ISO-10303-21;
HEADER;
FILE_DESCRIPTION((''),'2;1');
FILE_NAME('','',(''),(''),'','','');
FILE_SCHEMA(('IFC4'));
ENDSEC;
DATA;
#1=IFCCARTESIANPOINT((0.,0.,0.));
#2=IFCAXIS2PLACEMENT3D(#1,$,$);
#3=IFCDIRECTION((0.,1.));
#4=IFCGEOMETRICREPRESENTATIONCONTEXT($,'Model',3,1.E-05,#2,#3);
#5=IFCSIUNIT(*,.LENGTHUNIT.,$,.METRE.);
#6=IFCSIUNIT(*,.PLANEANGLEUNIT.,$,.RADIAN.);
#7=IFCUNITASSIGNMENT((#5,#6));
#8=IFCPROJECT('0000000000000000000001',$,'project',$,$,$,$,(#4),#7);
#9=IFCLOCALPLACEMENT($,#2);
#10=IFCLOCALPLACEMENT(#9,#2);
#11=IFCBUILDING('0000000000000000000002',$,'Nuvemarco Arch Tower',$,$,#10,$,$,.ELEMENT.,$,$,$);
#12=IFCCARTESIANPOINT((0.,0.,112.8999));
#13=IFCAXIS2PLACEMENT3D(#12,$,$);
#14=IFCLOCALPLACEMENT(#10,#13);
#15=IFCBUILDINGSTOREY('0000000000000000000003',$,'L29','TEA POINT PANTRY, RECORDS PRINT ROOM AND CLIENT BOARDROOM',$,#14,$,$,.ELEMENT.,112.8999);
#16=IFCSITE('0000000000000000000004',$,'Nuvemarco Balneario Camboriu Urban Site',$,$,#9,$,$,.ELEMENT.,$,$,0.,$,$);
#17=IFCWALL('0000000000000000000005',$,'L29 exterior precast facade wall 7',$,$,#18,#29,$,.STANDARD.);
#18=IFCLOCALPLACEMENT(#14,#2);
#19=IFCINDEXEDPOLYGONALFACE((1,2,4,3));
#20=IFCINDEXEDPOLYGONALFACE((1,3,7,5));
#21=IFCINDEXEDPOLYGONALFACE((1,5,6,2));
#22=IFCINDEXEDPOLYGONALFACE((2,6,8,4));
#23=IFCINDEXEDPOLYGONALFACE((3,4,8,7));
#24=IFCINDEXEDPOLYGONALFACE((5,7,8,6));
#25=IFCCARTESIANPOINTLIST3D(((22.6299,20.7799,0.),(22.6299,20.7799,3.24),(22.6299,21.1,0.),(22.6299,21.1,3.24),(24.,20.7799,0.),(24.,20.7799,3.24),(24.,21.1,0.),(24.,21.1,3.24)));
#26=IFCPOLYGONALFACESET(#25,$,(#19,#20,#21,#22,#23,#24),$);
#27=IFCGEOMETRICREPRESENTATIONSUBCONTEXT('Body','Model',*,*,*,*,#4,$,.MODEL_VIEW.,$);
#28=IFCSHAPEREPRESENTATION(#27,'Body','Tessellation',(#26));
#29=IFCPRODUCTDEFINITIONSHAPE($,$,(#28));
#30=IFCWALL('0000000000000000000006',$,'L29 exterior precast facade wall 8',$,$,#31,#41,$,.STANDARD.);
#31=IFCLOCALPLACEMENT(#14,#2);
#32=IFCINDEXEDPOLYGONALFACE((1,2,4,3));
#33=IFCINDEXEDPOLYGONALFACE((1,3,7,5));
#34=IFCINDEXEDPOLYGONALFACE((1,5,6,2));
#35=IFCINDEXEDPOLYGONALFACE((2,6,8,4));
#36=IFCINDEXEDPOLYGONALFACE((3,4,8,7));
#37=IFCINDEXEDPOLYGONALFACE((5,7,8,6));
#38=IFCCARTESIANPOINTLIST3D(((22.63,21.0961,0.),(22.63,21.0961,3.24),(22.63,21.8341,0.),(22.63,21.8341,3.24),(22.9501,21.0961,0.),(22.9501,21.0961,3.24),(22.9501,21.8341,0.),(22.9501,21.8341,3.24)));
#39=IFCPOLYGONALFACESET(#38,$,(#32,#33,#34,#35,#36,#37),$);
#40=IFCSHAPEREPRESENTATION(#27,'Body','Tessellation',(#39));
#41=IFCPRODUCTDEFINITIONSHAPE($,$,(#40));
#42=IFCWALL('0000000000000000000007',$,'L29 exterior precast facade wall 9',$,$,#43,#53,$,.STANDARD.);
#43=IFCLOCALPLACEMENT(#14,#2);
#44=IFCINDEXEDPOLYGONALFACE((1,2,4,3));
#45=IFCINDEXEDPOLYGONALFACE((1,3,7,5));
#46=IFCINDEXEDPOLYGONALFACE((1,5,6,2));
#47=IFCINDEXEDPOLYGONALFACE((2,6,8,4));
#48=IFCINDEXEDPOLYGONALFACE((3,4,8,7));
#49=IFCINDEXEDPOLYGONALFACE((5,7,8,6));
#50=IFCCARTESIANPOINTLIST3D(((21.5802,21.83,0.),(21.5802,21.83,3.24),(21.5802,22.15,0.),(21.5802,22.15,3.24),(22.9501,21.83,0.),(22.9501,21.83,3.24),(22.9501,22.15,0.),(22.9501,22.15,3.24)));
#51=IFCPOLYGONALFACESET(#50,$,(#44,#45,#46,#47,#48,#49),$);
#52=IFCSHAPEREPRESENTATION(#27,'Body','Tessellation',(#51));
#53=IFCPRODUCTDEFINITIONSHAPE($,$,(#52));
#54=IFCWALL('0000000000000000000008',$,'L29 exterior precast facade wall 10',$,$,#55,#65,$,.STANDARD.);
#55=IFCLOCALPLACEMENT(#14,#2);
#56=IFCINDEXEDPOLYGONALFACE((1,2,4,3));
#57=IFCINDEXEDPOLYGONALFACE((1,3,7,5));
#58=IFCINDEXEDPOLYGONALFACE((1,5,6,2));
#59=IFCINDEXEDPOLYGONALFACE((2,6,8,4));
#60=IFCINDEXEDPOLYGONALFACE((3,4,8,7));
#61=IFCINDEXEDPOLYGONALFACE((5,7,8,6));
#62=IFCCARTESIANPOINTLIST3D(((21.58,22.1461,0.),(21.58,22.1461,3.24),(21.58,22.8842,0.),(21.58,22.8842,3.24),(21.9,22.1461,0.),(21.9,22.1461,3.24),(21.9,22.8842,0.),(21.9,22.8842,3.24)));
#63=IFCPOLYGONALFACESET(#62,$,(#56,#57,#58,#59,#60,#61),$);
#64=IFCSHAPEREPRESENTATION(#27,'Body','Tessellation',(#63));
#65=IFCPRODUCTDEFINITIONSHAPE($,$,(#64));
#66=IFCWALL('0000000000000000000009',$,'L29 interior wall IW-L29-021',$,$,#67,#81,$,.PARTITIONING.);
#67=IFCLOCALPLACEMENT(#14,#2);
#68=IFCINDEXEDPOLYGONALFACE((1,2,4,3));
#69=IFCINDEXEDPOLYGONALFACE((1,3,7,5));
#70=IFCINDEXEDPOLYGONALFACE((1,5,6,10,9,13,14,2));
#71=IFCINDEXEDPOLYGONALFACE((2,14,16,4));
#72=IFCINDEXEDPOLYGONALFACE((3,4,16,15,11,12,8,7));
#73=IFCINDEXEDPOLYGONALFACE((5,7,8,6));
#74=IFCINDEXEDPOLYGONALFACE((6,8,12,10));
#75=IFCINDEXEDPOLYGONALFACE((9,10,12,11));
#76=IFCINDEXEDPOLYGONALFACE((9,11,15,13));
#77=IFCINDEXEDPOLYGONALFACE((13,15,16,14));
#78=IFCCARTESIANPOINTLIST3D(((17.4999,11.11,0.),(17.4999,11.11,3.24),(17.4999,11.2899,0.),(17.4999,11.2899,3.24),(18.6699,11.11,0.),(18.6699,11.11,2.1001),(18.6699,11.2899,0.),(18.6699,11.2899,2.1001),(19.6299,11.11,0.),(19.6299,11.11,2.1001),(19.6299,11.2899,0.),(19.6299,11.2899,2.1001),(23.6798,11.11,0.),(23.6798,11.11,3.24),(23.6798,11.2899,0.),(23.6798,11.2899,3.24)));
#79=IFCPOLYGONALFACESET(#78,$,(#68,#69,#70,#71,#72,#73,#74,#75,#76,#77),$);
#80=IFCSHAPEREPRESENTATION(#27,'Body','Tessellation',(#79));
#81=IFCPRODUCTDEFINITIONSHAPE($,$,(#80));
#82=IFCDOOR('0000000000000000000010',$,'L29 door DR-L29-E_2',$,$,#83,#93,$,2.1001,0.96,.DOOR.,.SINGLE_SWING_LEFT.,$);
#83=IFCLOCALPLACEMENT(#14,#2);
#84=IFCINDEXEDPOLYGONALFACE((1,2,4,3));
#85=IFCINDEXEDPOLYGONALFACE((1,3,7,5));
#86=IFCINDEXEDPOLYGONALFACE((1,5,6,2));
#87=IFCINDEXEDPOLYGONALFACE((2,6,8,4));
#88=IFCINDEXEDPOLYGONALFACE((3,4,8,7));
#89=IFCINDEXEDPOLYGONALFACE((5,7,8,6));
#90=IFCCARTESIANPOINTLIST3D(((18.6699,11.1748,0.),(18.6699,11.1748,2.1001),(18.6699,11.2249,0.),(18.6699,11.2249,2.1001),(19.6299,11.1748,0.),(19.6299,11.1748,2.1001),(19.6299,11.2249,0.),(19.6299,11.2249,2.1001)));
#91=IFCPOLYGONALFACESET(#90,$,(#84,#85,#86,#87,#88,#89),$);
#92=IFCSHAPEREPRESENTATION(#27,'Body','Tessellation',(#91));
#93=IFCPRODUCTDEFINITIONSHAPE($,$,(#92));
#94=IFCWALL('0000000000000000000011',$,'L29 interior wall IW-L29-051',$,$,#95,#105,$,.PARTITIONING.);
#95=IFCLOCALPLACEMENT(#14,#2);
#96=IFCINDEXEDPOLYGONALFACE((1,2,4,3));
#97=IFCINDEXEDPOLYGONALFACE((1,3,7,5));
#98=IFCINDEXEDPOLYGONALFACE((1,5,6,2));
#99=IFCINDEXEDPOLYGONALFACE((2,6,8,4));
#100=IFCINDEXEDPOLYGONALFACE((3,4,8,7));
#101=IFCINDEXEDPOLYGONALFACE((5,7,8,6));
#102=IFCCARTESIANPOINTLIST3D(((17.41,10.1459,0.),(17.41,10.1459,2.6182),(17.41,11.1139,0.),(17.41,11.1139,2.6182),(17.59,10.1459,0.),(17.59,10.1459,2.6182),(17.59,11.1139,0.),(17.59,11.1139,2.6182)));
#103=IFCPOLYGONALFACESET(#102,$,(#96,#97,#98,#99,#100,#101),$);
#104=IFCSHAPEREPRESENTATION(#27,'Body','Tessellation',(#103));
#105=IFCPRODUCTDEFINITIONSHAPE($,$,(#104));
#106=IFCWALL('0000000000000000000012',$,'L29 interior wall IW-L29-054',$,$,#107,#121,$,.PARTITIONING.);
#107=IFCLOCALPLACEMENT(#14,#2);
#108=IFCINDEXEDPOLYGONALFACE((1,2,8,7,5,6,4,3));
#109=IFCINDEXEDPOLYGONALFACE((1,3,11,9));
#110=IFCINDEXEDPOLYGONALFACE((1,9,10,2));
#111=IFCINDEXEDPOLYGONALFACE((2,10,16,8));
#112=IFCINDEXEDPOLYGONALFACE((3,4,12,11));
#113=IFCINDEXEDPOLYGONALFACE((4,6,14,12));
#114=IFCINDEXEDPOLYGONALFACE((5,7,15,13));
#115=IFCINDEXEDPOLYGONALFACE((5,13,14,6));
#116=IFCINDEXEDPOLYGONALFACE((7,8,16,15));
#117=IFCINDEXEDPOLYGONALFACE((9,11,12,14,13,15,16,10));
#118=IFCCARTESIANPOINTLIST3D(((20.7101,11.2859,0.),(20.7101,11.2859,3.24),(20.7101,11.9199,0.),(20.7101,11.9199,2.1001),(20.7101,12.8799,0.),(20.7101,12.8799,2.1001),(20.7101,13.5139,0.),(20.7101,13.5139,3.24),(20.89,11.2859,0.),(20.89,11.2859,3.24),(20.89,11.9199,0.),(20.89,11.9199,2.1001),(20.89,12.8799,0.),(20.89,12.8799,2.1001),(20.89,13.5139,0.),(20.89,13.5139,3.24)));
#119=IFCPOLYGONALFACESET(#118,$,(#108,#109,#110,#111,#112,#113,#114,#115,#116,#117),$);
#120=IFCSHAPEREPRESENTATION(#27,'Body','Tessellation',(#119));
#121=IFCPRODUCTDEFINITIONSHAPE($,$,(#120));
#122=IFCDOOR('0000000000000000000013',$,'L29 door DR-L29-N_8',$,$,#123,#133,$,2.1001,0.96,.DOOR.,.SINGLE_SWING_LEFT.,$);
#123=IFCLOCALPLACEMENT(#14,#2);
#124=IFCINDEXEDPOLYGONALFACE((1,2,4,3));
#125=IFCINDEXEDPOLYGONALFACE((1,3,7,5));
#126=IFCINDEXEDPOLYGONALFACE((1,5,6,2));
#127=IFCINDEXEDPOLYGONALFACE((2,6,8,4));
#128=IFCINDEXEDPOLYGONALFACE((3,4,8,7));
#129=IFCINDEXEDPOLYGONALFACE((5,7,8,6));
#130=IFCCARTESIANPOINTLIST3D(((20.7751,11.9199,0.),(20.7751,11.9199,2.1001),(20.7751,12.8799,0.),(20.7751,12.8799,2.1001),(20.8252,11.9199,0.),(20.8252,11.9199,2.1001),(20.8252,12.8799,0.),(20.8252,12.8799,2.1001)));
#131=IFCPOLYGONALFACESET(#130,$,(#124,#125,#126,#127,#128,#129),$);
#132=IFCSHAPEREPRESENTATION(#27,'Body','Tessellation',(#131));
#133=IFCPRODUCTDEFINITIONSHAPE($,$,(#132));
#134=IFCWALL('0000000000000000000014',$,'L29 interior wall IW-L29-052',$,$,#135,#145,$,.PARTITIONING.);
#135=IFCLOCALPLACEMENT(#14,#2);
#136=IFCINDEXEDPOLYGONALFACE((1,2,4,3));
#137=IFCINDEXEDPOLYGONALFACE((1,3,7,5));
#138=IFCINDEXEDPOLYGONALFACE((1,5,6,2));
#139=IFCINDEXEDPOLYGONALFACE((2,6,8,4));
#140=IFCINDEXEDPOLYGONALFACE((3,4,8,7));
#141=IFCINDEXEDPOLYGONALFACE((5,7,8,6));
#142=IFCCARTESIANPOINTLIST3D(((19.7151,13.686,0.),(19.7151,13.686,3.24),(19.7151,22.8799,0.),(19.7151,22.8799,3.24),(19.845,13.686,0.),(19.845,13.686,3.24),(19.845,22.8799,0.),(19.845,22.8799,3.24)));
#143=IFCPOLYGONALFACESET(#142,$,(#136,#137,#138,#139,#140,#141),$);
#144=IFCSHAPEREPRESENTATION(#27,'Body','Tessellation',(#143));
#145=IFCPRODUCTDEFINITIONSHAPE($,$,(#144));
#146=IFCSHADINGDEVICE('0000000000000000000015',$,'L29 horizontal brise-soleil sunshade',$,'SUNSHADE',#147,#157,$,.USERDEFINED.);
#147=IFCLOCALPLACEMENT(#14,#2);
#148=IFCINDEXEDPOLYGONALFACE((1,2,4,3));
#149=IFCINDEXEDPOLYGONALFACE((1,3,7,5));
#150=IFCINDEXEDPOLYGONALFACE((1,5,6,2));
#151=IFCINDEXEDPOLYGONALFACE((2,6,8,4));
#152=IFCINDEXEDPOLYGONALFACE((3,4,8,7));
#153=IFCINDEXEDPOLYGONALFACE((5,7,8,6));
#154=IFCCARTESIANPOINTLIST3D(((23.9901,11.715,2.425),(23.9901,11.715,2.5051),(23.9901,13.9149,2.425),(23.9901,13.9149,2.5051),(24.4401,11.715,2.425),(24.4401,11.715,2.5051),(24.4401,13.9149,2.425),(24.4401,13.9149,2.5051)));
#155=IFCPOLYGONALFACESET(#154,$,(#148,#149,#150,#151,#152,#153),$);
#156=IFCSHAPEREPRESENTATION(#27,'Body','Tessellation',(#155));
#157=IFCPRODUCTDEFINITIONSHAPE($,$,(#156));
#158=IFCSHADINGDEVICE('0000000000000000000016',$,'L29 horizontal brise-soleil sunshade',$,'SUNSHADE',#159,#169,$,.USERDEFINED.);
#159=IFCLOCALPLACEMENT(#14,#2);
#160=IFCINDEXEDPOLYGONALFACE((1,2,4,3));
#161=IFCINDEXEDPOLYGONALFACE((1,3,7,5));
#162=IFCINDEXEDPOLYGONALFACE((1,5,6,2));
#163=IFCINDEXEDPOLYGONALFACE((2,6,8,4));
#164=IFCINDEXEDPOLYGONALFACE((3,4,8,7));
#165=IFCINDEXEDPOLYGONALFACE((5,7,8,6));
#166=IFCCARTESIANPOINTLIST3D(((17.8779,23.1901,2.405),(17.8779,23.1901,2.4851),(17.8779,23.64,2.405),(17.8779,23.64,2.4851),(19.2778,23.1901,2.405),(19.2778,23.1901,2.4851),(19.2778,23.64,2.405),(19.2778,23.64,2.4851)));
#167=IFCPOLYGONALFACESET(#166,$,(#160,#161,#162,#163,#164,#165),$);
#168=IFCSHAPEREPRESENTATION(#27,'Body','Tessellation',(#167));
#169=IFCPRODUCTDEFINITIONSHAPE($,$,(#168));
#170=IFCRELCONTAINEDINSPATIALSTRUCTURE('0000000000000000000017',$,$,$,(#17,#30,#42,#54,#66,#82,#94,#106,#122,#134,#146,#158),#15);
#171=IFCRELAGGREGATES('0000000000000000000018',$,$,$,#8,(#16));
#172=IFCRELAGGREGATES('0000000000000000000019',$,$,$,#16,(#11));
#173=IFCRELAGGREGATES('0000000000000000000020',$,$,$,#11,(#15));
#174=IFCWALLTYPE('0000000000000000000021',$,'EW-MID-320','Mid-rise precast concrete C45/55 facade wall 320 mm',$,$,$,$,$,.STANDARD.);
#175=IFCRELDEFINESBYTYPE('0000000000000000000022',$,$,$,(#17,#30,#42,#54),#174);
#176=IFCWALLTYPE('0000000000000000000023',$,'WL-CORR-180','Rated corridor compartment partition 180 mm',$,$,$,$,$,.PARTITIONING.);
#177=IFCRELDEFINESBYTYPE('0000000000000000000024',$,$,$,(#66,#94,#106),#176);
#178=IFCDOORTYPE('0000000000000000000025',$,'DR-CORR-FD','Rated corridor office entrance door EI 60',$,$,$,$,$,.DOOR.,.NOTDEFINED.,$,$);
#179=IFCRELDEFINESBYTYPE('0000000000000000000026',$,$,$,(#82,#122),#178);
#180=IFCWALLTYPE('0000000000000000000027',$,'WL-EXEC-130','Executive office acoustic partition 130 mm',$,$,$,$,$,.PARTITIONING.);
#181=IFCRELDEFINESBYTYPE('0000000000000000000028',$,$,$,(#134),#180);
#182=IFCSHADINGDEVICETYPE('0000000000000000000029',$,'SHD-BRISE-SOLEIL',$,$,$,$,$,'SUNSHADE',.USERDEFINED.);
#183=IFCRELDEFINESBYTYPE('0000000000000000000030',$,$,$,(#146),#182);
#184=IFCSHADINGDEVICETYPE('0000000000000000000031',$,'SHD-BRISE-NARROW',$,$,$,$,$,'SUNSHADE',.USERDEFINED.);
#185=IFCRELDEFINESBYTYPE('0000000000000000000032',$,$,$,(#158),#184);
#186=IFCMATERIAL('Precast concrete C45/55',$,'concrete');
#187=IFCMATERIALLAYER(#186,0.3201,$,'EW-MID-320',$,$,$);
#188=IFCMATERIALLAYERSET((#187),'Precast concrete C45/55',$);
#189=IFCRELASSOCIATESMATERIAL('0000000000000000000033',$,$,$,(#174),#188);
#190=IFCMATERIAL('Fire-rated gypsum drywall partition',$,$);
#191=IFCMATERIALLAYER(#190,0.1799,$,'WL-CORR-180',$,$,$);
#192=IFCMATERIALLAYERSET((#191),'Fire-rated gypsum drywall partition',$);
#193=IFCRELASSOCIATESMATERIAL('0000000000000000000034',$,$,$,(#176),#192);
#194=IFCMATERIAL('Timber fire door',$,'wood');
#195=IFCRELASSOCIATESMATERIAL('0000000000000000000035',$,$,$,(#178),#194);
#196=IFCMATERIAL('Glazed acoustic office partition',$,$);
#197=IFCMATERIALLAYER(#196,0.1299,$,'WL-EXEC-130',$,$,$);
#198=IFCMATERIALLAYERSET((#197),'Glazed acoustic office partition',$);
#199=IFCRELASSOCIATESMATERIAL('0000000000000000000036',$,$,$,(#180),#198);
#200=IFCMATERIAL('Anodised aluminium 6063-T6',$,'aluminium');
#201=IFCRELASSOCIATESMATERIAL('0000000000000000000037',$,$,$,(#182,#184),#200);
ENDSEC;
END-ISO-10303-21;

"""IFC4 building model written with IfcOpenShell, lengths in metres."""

from ifc_helpers import new_model, si_unit, direction, frame, frame_2d, origin, origin_2d, place, context, subcontext, project, spatial, rectangle, extrude, source, transform, mapped, material, layer, layer_set, type_object, type_shapes, element, fill, save


model = new_model("IFC4")

# Units and contexts
model_context = context("Model", 3, precision=1e-05, world=origin(), true_north=direction((0.0, 1.0)))
body_context = subcontext(model_context, "Body", "Model", "MODEL_VIEW")
ifc_project = project(units=[si_unit("LENGTHUNIT", "METRE"), si_unit("PLANEANGLEUNIT", "RADIAN")], contexts=[model_context])

# Site, building, storey
site_placement = place(None, origin())
site = spatial("IfcSite", under=ifc_project, at=site_placement, Name="Nuvemarco Balneario Camboriu Urban Site", CompositionType="ELEMENT", RefElevation=0.0)
building_placement = place(site_placement, origin())
building = spatial("IfcBuilding", under=site, at=building_placement, Name="Nuvemarco Arch Tower", CompositionType="ELEMENT")
storey_placement = place(building_placement, frame((0.0, 0.0, 112.8999)))
storey = spatial("IfcBuildingStorey", under=building, at=storey_placement, Name="L29", Description="TEA POINT PANTRY, RECORDS PRINT ROOM AND CLIENT BOARDROOM", CompositionType="ELEMENT", Elevation=112.8999)

# Shared definitions
ifc_material_1 = material(Name="Precast concrete C45/55", Category="concrete")

# Walls
ifc_layer_1 = layer(ifc_material_1, 0.3201, Name="EW-MID-320")
ifc_layer_set_1 = layer_set([ifc_layer_1], Name="Precast concrete C45/55")
wall_type_1 = type_object("IfcWallType", Name="EW-MID-320", Description="Mid-rise precast concrete C45/55 facade wall 320 mm", PredefinedType="STANDARD", material=ifc_layer_set_1)
wall_1_placement = place(storey_placement, frame((22.6299, 20.9399, 0.0), z_axis=(0.0, 0.0, 1.0), x_axis=(1.0, 0.0, 0.0)))
element("IfcWall", 1, at=wall_1_placement, inside=storey, type_object=wall_type_1, Name="L29 exterior precast facade wall 7", PredefinedType="STANDARD", context=body_context, shape_type="SweptSolid", body=[
    extrude(rectangle(XDim=1.3701, YDim=0.3201, at=frame_2d((0.6851, 0.0))), origin(), (0.0, 0.0, 1.0), 3.24),
])
wall_2_placement = place(storey_placement, frame((22.79, 21.0959, 0.0), z_axis=(0.0, 0.0, 1.0), x_axis=(0.0, 1.0, 0.0)))
element("IfcWall", 2, at=wall_2_placement, inside=storey, type_object=wall_type_1, Name="L29 exterior precast facade wall 8", PredefinedType="STANDARD", context=body_context, shape_type="SweptSolid", body=[
    extrude(rectangle(XDim=0.738, YDim=0.3201, at=frame_2d((0.3691, 0.0))), origin(), (0.0, 0.0, 1.0), 3.24),
])
wall_3_placement = place(storey_placement, frame((21.5801, 21.99, 0.0), z_axis=(0.0, 0.0, 1.0), x_axis=(1.0, 0.0, 0.0)))
element("IfcWall", 3, at=wall_3_placement, inside=storey, type_object=wall_type_1, Name="L29 exterior precast facade wall 9", PredefinedType="STANDARD", context=body_context, shape_type="SweptSolid", body=[
    extrude(rectangle(XDim=1.3699, YDim=0.3201, at=frame_2d((0.6851, 0.0))), origin(), (0.0, 0.0, 1.0), 3.24),
])
wall_4_placement = place(storey_placement, frame((21.74, 22.146, 0.0), z_axis=(0.0, 0.0, 1.0), x_axis=(0.0, 1.0, 0.0)))
element("IfcWall", 4, at=wall_4_placement, inside=storey, type_object=wall_type_1, Name="L29 exterior precast facade wall 10", PredefinedType="STANDARD", context=body_context, shape_type="SweptSolid", body=[
    extrude(rectangle(XDim=0.738, YDim=0.3201, at=frame_2d((0.3691, 0.0))), origin(), (0.0, 0.0, 1.0), 3.24),
])

# Wall, opening, door
ifc_material_2 = material(Name="Fire-rated gypsum drywall partition")
ifc_layer_2 = layer(ifc_material_2, 0.1799, Name="WL-CORR-180")
ifc_layer_set_2 = layer_set([ifc_layer_2], Name="Fire-rated gypsum drywall partition")
wall_type_2 = type_object("IfcWallType", Name="WL-CORR-180", Description="Rated corridor compartment partition 180 mm", PredefinedType="PARTITIONING", material=ifc_layer_set_2)
wall_5_placement = place(storey_placement, frame((17.5, 11.2, 0.0), z_axis=(0.0, 0.0, 1.0), x_axis=(1.0, 0.0, 0.0)))
wall_5 = element("IfcWall", 5, at=wall_5_placement, inside=storey, type_object=wall_type_2, Name="L29 interior wall IW-L29-021", PredefinedType="PARTITIONING", context=body_context, shape_type="SweptSolid", body=[
    extrude(rectangle(XDim=6.1799, YDim=0.1799, at=frame_2d((3.0898, 0.0))), origin(), (0.0, 0.0, 1.0), 3.24),
])
opening_1_placement = place(wall_5_placement, frame((1.1699, 0.0, 0.0)))
opening_1 = element("IfcOpeningElement", 6, at=opening_1_placement, cuts=wall_5, PredefinedType="OPENING", context=body_context, shape_type="SweptSolid", body=[
    extrude(rectangle(XDim=0.96, YDim=2.1001, at=frame_2d((0.48, 1.05))), frame((0.0, 0.0999, 0.0), z_axis=(0.0, -1.0, 0.0), x_axis=(1.0, 0.0, 0.0)), (0.0, 0.0, 1.0), 0.2),
])
ifc_material_3 = material(Name="Timber fire door", Category="wood")
door_type = type_object("IfcDoorType", Name="DR-CORR-FD", Description="Rated corridor office entrance door EI 60", OperationType="NOTDEFINED", PredefinedType="DOOR", material=ifc_material_3)
shared_shape_1 = source(origin(), body_context, "Body", "SweptSolid", [
    extrude(rectangle(XDim=0.96, YDim=2.1001, at=frame_2d((0.48, 1.05))), frame((0.0, 0.0249, 0.0), z_axis=(0.0, -1.0, 0.0), x_axis=(1.0, 0.0, 0.0)), (0.0, 0.0, 1.0), 0.05),
])
type_shapes(door_type, [shared_shape_1])
door_1_placement = place(opening_1_placement, origin())
door_1 = element("IfcDoor", 7, at=door_1_placement, inside=storey, type_object=door_type, Name="L29 door DR-L29-E_2", OperationType="SINGLE_SWING_LEFT", OverallHeight=2.1001, OverallWidth=0.96, PredefinedType="DOOR", context=body_context, shape_type="MappedRepresentation", body=[
    mapped(shared_shape_1, transform((0.0, 0.0, 0.0), scale=1.0)),
])
fill(opening_1, door_1)

# Wall
wall_6_placement = place(storey_placement, frame((17.5, 10.146, 0.0), z_axis=(0.0, 0.0, 1.0), x_axis=(0.0, 1.0, 0.0)))
element("IfcWall", 8, at=wall_6_placement, inside=storey, type_object=wall_type_2, Name="L29 interior wall IW-L29-051", PredefinedType="PARTITIONING", context=body_context, shape_type="SweptSolid", body=[
    extrude(rectangle(XDim=0.968, YDim=0.1799, at=frame_2d((0.4839, 0.0))), origin(), (0.0, 0.0, 1.0), 2.6182),
])

# Wall, opening, door
wall_7_placement = place(storey_placement, frame((20.8, 11.2859, 0.0), z_axis=(0.0, 0.0, 1.0), x_axis=(0.0, 1.0, 0.0)))
wall_7 = element("IfcWall", 9, at=wall_7_placement, inside=storey, type_object=wall_type_2, Name="L29 interior wall IW-L29-054", PredefinedType="PARTITIONING", context=body_context, shape_type="SweptSolid", body=[
    extrude(rectangle(XDim=2.228, YDim=0.1799, at=frame_2d((1.114, 0.0))), origin(), (0.0, 0.0, 1.0), 3.24),
])
opening_2_placement = place(wall_7_placement, frame((0.634, 0.0, 0.0)))
opening_2 = element("IfcOpeningElement", 10, at=opening_2_placement, cuts=wall_7, PredefinedType="OPENING", context=body_context, shape_type="SweptSolid", body=[
    extrude(rectangle(XDim=0.96, YDim=2.1001, at=frame_2d((0.48, 1.05))), frame((0.0, 0.0999, 0.0), z_axis=(0.0, -1.0, 0.0), x_axis=(1.0, 0.0, 0.0)), (0.0, 0.0, 1.0), 0.2),
])
door_2_placement = place(opening_2_placement, origin())
door_2 = element("IfcDoor", 11, at=door_2_placement, inside=storey, type_object=door_type, Name="L29 door DR-L29-N_8", OperationType="SINGLE_SWING_LEFT", OverallHeight=2.1001, OverallWidth=0.96, PredefinedType="DOOR", context=body_context, shape_type="MappedRepresentation", body=[
    mapped(shared_shape_1, transform((0.0, 0.0, 0.0), scale=1.0)),
])
fill(opening_2, door_2)

# Wall
ifc_material_4 = material(Name="Glazed acoustic office partition")
ifc_layer_3 = layer(ifc_material_4, 0.1299, Name="WL-EXEC-130")
ifc_layer_set_3 = layer_set([ifc_layer_3], Name="Glazed acoustic office partition")
wall_type_3 = type_object("IfcWallType", Name="WL-EXEC-130", Description="Executive office acoustic partition 130 mm", PredefinedType="PARTITIONING", material=ifc_layer_set_3)
wall_8_placement = place(storey_placement, frame((19.78, 13.686, 0.0), z_axis=(0.0, 0.0, 1.0), x_axis=(0.0, 1.0, 0.0)))
element("IfcWall", 12, at=wall_8_placement, inside=storey, type_object=wall_type_3, Name="L29 interior wall IW-L29-052", PredefinedType="PARTITIONING", context=body_context, shape_type="SweptSolid", body=[
    extrude(rectangle(XDim=9.1938, YDim=0.1299, at=frame_2d((4.5969, 0.0))), origin(), (0.0, 0.0, 1.0), 3.24),
])

# Shading devices
ifc_material_5 = material(Name="Anodised aluminium 6063-T6", Category="aluminium")
shading_device_type_1 = type_object("IfcShadingDeviceType", Name="SHD-BRISE-SOLEIL", ElementType="SUNSHADE", PredefinedType="USERDEFINED", material=ifc_material_5)
shared_shape_2 = source(origin(), body_context, "Body", "SweptSolid", [
    extrude(rectangle(XDim=2.2, YDim=0.45, at=origin_2d()), origin(), (0.0, 0.0, 1.0), 0.0801),
])
type_shapes(shading_device_type_1, [shared_shape_2])
shading_device_1_placement = place(storey_placement, frame((24.2151, 12.8149, 2.425), z_axis=(0.0, 0.0, 1.0), x_axis=(0.0, 1.0, 0.0)))
element("IfcShadingDevice", 13, at=shading_device_1_placement, inside=storey, type_object=shading_device_type_1, Name="L29 horizontal brise-soleil sunshade", ObjectType="SUNSHADE", PredefinedType="USERDEFINED", context=body_context, shape_type="MappedRepresentation", body=[
    mapped(shared_shape_2, transform((0.0, 0.0, 0.0), scale=1.0)),
])
shading_device_type_2 = type_object("IfcShadingDeviceType", Name="SHD-BRISE-NARROW", ElementType="SUNSHADE", PredefinedType="USERDEFINED", material=ifc_material_5)
shared_shape_3 = source(origin(), body_context, "Body", "SweptSolid", [
    extrude(rectangle(XDim=1.3999, YDim=0.45, at=origin_2d()), origin(), (0.0, 0.0, 1.0), 0.0801),
])
type_shapes(shading_device_type_2, [shared_shape_3])
shading_device_2_placement = place(storey_placement, frame((18.5779, 23.415, 2.405), z_axis=(0.0, 0.0, 1.0), x_axis=(1.0, 0.0, 0.0)))
element("IfcShadingDevice", 14, at=shading_device_2_placement, inside=storey, type_object=shading_device_type_2, Name="L29 horizontal brise-soleil sunshade", ObjectType="SUNSHADE", PredefinedType="USERDEFINED", context=body_context, shape_type="MappedRepresentation", body=[
    mapped(shared_shape_3, transform((0.0, 0.0, 0.0), scale=1.0)),
])

save(model, "model.ifc")
